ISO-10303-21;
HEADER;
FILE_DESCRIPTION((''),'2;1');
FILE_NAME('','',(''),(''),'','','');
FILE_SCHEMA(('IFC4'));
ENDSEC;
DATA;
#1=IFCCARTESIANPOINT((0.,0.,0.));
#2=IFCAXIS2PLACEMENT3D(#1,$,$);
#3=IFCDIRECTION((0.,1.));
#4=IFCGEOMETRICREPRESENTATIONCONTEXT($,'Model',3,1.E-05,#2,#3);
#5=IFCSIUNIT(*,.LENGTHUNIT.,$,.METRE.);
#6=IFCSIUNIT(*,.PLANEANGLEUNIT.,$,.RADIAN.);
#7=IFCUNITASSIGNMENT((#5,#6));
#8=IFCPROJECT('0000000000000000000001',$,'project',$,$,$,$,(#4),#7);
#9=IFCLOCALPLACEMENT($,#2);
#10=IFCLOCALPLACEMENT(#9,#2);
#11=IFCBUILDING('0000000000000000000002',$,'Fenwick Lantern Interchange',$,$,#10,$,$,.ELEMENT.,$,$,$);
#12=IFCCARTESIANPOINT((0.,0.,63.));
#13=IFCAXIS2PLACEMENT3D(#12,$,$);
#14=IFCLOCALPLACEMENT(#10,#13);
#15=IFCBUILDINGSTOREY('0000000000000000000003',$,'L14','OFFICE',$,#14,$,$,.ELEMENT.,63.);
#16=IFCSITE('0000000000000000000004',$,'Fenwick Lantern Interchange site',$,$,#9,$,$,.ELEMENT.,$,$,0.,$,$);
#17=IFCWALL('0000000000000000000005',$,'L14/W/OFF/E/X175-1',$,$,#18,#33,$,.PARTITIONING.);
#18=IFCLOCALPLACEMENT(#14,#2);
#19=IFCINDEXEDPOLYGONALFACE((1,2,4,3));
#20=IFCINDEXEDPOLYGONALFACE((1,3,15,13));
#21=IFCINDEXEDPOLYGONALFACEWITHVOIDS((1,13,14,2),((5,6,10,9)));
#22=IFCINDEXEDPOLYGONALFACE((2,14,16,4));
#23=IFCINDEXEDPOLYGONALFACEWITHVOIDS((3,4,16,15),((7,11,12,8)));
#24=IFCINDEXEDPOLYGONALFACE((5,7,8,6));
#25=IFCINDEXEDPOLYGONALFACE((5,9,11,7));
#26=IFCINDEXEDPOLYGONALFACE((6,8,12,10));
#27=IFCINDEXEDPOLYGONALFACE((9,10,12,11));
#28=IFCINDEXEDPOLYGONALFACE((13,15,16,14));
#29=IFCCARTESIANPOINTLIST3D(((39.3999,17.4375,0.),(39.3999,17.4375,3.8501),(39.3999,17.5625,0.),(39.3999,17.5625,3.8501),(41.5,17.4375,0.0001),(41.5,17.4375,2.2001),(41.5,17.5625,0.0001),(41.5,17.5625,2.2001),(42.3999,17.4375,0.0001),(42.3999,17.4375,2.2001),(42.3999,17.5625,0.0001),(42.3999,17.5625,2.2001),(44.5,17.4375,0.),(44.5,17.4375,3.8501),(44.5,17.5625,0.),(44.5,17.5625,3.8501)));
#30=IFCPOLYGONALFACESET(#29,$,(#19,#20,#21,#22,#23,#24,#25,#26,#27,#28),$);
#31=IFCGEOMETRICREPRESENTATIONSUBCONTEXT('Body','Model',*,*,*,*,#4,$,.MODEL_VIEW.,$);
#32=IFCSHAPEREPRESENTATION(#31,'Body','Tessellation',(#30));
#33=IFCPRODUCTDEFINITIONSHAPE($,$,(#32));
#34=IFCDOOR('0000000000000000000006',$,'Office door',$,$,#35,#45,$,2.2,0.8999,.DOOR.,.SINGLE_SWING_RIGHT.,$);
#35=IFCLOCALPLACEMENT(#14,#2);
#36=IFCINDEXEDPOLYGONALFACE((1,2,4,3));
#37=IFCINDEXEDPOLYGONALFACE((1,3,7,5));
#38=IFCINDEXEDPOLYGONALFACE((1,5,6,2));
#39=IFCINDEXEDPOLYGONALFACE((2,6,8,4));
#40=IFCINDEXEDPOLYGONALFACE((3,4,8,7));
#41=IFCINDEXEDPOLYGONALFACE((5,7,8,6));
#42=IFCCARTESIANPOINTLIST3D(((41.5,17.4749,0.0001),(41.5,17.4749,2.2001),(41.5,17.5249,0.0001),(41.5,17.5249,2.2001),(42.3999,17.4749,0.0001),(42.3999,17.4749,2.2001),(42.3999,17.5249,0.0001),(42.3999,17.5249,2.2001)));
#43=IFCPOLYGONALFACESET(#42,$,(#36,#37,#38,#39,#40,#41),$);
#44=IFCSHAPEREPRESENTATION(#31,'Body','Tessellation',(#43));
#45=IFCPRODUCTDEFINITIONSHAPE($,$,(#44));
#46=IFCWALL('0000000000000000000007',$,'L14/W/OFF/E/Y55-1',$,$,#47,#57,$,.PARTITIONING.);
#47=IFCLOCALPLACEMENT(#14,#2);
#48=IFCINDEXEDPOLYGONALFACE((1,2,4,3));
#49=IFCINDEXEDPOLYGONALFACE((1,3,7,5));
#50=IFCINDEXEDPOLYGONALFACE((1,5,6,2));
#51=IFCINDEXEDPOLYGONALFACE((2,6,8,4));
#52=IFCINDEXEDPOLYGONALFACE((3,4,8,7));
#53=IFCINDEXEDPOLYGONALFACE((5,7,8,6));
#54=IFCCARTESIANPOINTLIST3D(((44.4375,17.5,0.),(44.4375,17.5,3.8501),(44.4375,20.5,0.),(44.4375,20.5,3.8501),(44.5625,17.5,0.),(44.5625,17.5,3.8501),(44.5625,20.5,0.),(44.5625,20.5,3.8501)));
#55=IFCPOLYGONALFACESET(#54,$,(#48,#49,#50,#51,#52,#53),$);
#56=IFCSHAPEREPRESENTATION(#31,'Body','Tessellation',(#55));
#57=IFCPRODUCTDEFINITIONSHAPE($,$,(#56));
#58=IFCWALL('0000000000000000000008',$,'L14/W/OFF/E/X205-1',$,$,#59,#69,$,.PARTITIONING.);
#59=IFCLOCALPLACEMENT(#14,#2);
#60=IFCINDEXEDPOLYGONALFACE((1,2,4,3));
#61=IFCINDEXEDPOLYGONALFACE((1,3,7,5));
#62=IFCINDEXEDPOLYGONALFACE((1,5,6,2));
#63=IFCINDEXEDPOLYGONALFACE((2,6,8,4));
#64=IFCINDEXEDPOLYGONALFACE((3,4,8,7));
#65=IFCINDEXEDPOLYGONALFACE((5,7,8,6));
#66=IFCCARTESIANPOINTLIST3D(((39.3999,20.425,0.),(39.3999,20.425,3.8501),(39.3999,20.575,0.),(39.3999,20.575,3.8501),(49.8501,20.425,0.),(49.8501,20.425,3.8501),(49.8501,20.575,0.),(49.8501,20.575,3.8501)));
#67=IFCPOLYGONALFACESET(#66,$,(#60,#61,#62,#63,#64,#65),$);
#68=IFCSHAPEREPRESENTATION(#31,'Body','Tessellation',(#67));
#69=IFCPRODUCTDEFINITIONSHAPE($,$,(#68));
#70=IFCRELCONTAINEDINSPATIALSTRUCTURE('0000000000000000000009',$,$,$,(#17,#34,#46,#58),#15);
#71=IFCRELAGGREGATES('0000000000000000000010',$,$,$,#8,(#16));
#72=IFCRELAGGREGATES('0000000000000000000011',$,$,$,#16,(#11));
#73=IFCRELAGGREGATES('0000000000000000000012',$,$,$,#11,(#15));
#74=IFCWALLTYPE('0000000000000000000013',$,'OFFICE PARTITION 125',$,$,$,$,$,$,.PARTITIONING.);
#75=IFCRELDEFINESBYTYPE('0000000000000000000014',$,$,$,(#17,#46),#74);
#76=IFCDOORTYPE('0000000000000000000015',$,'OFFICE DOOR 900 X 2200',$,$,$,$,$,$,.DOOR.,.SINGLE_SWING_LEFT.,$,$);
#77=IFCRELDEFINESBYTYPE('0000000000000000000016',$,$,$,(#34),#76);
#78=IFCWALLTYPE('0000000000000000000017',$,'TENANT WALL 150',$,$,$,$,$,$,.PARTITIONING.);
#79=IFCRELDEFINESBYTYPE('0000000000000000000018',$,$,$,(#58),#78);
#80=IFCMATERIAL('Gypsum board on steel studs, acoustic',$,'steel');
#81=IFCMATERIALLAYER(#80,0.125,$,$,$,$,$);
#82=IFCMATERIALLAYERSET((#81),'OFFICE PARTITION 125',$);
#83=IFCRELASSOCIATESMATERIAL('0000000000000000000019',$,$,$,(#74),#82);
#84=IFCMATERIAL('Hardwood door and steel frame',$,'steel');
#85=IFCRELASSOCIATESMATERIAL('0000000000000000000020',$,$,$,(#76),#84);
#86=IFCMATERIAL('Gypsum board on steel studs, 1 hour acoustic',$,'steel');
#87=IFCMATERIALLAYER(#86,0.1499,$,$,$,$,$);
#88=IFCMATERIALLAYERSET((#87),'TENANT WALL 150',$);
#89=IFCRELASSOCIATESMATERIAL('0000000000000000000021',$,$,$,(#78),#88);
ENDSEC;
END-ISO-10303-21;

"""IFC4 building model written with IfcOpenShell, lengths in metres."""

from ifc_helpers import new_model, si_unit, direction, frame, frame_2d, origin, place, context, subcontext, project, spatial, rectangle, extrude, material, layer, layer_set, type_object, element, fill, save


model = new_model("IFC4")

# Units and contexts
model_context = context("Model", 3, precision=1e-05, world=origin(), true_north=direction((0.0, 1.0)))
body_context = subcontext(model_context, "Body", "Model", "MODEL_VIEW")
ifc_project = project(units=[si_unit("LENGTHUNIT", "METRE"), si_unit("PLANEANGLEUNIT", "RADIAN")], contexts=[model_context])

# Site, building, storey
site_placement = place(None, origin())
site = spatial("IfcSite", under=ifc_project, at=site_placement, Name="Fenwick Lantern Interchange site", CompositionType="ELEMENT", RefElevation=0.0)
building_placement = place(site_placement, origin())
building = spatial("IfcBuilding", under=site, at=building_placement, Name="Fenwick Lantern Interchange", CompositionType="ELEMENT")
storey_placement = place(building_placement, frame((0.0, 0.0, 63.0)))
storey = spatial("IfcBuildingStorey", under=building, at=storey_placement, Name="L14", Description="OFFICE", CompositionType="ELEMENT", Elevation=63.0)

# Wall, opening, door
ifc_material_1 = material(Name="Gypsum board on steel studs, acoustic", Category="steel")
ifc_layer_1 = layer(ifc_material_1, 0.125)
ifc_layer_set_1 = layer_set([ifc_layer_1], Name="OFFICE PARTITION 125")
wall_type_1 = type_object("IfcWallType", Name="OFFICE PARTITION 125", PredefinedType="PARTITIONING", material=ifc_layer_set_1)
wall_1_placement = place(storey_placement, frame((44.5, 17.5, 0.0), z_axis=(0.0, 0.0, 1.0), x_axis=(-1.0, 0.0, 0.0)))
wall_1 = element("IfcWall", 1, at=wall_1_placement, inside=storey, type_object=wall_type_1, Name="L14/W/OFF/E/X175-1", PredefinedType="PARTITIONING", context=body_context, shape_type="SweptSolid", body=[
    extrude(rectangle(XDim=5.1001, YDim=0.125, at=frame_2d((2.55, 0.0))), origin(), (0.0, 0.0, 1.0), 3.8501),
])
opening_placement = place(wall_1_placement, frame((2.1001, 0.0, 0.0)))
opening = element("IfcOpeningElement", 2, at=opening_placement, cuts=wall_1, PredefinedType="OPENING", context=body_context, shape_type="SweptSolid", body=[
    extrude(rectangle(XDim=0.8999, YDim=2.2, at=frame_2d((0.45, 1.1001))), frame((0.0, 0.0725, 0.0), z_axis=(0.0, -1.0, 0.0), x_axis=(1.0, 0.0, 0.0)), (0.0, 0.0, 1.0), 0.145),
])
ifc_material_2 = material(Name="Hardwood door and steel frame", Category="steel")
door_type = type_object("IfcDoorType", Name="OFFICE DOOR 900 X 2200", OperationType="SINGLE_SWING_LEFT", PredefinedType="DOOR", material=ifc_material_2)
door_placement = place(opening_placement, frame((0.8999, 0.0, 0.0), z_axis=(0.0, 0.0, 1.0), x_axis=(-1.0, 0.0, 0.0)))
door = element("IfcDoor", 3, at=door_placement, inside=storey, type_object=door_type, Name="Office door", OperationType="SINGLE_SWING_RIGHT", OverallHeight=2.2, OverallWidth=0.8999, PredefinedType="DOOR", context=body_context, shape_type="SweptSolid", body=[
    extrude(rectangle(XDim=0.8999, YDim=2.2, at=frame_2d((0.45, 1.1001))), frame((0.0, 0.0249, 0.0), z_axis=(0.0, -1.0, 0.0), x_axis=(1.0, 0.0, 0.0)), (0.0, 0.0, 1.0), 0.05),
])
fill(opening, door)

# Walls
wall_2_placement = place(storey_placement, frame((44.5, 17.5, 0.0), z_axis=(0.0, 0.0, 1.0), x_axis=(0.0, 1.0, 0.0)))
element("IfcWall", 4, at=wall_2_placement, inside=storey, type_object=wall_type_1, Name="L14/W/OFF/E/Y55-1", PredefinedType="PARTITIONING", context=body_context, shape_type="SweptSolid", body=[
    extrude(rectangle(XDim=3.0, YDim=0.125, at=frame_2d((1.5, 0.0))), origin(), (0.0, 0.0, 1.0), 3.8501),
])
ifc_material_3 = material(Name="Gypsum board on steel studs, 1 hour acoustic", Category="steel")
ifc_layer_2 = layer(ifc_material_3, 0.1499)
ifc_layer_set_2 = layer_set([ifc_layer_2], Name="TENANT WALL 150")
wall_type_2 = type_object("IfcWallType", Name="TENANT WALL 150", PredefinedType="PARTITIONING", material=ifc_layer_set_2)
wall_3_placement = place(storey_placement, frame((49.8501, 20.5, 0.0), z_axis=(0.0, 0.0, 1.0), x_axis=(-1.0, 0.0, 0.0)))
element("IfcWall", 5, at=wall_3_placement, inside=storey, type_object=wall_type_2, Name="L14/W/OFF/E/X205-1", PredefinedType="PARTITIONING", context=body_context, shape_type="SweptSolid", body=[
    extrude(rectangle(XDim=10.4502, YDim=0.1499, at=frame_2d((5.2251, 0.0))), origin(), (0.0, 0.0, 1.0), 3.8501),
])

save(model, "model.ifc")
